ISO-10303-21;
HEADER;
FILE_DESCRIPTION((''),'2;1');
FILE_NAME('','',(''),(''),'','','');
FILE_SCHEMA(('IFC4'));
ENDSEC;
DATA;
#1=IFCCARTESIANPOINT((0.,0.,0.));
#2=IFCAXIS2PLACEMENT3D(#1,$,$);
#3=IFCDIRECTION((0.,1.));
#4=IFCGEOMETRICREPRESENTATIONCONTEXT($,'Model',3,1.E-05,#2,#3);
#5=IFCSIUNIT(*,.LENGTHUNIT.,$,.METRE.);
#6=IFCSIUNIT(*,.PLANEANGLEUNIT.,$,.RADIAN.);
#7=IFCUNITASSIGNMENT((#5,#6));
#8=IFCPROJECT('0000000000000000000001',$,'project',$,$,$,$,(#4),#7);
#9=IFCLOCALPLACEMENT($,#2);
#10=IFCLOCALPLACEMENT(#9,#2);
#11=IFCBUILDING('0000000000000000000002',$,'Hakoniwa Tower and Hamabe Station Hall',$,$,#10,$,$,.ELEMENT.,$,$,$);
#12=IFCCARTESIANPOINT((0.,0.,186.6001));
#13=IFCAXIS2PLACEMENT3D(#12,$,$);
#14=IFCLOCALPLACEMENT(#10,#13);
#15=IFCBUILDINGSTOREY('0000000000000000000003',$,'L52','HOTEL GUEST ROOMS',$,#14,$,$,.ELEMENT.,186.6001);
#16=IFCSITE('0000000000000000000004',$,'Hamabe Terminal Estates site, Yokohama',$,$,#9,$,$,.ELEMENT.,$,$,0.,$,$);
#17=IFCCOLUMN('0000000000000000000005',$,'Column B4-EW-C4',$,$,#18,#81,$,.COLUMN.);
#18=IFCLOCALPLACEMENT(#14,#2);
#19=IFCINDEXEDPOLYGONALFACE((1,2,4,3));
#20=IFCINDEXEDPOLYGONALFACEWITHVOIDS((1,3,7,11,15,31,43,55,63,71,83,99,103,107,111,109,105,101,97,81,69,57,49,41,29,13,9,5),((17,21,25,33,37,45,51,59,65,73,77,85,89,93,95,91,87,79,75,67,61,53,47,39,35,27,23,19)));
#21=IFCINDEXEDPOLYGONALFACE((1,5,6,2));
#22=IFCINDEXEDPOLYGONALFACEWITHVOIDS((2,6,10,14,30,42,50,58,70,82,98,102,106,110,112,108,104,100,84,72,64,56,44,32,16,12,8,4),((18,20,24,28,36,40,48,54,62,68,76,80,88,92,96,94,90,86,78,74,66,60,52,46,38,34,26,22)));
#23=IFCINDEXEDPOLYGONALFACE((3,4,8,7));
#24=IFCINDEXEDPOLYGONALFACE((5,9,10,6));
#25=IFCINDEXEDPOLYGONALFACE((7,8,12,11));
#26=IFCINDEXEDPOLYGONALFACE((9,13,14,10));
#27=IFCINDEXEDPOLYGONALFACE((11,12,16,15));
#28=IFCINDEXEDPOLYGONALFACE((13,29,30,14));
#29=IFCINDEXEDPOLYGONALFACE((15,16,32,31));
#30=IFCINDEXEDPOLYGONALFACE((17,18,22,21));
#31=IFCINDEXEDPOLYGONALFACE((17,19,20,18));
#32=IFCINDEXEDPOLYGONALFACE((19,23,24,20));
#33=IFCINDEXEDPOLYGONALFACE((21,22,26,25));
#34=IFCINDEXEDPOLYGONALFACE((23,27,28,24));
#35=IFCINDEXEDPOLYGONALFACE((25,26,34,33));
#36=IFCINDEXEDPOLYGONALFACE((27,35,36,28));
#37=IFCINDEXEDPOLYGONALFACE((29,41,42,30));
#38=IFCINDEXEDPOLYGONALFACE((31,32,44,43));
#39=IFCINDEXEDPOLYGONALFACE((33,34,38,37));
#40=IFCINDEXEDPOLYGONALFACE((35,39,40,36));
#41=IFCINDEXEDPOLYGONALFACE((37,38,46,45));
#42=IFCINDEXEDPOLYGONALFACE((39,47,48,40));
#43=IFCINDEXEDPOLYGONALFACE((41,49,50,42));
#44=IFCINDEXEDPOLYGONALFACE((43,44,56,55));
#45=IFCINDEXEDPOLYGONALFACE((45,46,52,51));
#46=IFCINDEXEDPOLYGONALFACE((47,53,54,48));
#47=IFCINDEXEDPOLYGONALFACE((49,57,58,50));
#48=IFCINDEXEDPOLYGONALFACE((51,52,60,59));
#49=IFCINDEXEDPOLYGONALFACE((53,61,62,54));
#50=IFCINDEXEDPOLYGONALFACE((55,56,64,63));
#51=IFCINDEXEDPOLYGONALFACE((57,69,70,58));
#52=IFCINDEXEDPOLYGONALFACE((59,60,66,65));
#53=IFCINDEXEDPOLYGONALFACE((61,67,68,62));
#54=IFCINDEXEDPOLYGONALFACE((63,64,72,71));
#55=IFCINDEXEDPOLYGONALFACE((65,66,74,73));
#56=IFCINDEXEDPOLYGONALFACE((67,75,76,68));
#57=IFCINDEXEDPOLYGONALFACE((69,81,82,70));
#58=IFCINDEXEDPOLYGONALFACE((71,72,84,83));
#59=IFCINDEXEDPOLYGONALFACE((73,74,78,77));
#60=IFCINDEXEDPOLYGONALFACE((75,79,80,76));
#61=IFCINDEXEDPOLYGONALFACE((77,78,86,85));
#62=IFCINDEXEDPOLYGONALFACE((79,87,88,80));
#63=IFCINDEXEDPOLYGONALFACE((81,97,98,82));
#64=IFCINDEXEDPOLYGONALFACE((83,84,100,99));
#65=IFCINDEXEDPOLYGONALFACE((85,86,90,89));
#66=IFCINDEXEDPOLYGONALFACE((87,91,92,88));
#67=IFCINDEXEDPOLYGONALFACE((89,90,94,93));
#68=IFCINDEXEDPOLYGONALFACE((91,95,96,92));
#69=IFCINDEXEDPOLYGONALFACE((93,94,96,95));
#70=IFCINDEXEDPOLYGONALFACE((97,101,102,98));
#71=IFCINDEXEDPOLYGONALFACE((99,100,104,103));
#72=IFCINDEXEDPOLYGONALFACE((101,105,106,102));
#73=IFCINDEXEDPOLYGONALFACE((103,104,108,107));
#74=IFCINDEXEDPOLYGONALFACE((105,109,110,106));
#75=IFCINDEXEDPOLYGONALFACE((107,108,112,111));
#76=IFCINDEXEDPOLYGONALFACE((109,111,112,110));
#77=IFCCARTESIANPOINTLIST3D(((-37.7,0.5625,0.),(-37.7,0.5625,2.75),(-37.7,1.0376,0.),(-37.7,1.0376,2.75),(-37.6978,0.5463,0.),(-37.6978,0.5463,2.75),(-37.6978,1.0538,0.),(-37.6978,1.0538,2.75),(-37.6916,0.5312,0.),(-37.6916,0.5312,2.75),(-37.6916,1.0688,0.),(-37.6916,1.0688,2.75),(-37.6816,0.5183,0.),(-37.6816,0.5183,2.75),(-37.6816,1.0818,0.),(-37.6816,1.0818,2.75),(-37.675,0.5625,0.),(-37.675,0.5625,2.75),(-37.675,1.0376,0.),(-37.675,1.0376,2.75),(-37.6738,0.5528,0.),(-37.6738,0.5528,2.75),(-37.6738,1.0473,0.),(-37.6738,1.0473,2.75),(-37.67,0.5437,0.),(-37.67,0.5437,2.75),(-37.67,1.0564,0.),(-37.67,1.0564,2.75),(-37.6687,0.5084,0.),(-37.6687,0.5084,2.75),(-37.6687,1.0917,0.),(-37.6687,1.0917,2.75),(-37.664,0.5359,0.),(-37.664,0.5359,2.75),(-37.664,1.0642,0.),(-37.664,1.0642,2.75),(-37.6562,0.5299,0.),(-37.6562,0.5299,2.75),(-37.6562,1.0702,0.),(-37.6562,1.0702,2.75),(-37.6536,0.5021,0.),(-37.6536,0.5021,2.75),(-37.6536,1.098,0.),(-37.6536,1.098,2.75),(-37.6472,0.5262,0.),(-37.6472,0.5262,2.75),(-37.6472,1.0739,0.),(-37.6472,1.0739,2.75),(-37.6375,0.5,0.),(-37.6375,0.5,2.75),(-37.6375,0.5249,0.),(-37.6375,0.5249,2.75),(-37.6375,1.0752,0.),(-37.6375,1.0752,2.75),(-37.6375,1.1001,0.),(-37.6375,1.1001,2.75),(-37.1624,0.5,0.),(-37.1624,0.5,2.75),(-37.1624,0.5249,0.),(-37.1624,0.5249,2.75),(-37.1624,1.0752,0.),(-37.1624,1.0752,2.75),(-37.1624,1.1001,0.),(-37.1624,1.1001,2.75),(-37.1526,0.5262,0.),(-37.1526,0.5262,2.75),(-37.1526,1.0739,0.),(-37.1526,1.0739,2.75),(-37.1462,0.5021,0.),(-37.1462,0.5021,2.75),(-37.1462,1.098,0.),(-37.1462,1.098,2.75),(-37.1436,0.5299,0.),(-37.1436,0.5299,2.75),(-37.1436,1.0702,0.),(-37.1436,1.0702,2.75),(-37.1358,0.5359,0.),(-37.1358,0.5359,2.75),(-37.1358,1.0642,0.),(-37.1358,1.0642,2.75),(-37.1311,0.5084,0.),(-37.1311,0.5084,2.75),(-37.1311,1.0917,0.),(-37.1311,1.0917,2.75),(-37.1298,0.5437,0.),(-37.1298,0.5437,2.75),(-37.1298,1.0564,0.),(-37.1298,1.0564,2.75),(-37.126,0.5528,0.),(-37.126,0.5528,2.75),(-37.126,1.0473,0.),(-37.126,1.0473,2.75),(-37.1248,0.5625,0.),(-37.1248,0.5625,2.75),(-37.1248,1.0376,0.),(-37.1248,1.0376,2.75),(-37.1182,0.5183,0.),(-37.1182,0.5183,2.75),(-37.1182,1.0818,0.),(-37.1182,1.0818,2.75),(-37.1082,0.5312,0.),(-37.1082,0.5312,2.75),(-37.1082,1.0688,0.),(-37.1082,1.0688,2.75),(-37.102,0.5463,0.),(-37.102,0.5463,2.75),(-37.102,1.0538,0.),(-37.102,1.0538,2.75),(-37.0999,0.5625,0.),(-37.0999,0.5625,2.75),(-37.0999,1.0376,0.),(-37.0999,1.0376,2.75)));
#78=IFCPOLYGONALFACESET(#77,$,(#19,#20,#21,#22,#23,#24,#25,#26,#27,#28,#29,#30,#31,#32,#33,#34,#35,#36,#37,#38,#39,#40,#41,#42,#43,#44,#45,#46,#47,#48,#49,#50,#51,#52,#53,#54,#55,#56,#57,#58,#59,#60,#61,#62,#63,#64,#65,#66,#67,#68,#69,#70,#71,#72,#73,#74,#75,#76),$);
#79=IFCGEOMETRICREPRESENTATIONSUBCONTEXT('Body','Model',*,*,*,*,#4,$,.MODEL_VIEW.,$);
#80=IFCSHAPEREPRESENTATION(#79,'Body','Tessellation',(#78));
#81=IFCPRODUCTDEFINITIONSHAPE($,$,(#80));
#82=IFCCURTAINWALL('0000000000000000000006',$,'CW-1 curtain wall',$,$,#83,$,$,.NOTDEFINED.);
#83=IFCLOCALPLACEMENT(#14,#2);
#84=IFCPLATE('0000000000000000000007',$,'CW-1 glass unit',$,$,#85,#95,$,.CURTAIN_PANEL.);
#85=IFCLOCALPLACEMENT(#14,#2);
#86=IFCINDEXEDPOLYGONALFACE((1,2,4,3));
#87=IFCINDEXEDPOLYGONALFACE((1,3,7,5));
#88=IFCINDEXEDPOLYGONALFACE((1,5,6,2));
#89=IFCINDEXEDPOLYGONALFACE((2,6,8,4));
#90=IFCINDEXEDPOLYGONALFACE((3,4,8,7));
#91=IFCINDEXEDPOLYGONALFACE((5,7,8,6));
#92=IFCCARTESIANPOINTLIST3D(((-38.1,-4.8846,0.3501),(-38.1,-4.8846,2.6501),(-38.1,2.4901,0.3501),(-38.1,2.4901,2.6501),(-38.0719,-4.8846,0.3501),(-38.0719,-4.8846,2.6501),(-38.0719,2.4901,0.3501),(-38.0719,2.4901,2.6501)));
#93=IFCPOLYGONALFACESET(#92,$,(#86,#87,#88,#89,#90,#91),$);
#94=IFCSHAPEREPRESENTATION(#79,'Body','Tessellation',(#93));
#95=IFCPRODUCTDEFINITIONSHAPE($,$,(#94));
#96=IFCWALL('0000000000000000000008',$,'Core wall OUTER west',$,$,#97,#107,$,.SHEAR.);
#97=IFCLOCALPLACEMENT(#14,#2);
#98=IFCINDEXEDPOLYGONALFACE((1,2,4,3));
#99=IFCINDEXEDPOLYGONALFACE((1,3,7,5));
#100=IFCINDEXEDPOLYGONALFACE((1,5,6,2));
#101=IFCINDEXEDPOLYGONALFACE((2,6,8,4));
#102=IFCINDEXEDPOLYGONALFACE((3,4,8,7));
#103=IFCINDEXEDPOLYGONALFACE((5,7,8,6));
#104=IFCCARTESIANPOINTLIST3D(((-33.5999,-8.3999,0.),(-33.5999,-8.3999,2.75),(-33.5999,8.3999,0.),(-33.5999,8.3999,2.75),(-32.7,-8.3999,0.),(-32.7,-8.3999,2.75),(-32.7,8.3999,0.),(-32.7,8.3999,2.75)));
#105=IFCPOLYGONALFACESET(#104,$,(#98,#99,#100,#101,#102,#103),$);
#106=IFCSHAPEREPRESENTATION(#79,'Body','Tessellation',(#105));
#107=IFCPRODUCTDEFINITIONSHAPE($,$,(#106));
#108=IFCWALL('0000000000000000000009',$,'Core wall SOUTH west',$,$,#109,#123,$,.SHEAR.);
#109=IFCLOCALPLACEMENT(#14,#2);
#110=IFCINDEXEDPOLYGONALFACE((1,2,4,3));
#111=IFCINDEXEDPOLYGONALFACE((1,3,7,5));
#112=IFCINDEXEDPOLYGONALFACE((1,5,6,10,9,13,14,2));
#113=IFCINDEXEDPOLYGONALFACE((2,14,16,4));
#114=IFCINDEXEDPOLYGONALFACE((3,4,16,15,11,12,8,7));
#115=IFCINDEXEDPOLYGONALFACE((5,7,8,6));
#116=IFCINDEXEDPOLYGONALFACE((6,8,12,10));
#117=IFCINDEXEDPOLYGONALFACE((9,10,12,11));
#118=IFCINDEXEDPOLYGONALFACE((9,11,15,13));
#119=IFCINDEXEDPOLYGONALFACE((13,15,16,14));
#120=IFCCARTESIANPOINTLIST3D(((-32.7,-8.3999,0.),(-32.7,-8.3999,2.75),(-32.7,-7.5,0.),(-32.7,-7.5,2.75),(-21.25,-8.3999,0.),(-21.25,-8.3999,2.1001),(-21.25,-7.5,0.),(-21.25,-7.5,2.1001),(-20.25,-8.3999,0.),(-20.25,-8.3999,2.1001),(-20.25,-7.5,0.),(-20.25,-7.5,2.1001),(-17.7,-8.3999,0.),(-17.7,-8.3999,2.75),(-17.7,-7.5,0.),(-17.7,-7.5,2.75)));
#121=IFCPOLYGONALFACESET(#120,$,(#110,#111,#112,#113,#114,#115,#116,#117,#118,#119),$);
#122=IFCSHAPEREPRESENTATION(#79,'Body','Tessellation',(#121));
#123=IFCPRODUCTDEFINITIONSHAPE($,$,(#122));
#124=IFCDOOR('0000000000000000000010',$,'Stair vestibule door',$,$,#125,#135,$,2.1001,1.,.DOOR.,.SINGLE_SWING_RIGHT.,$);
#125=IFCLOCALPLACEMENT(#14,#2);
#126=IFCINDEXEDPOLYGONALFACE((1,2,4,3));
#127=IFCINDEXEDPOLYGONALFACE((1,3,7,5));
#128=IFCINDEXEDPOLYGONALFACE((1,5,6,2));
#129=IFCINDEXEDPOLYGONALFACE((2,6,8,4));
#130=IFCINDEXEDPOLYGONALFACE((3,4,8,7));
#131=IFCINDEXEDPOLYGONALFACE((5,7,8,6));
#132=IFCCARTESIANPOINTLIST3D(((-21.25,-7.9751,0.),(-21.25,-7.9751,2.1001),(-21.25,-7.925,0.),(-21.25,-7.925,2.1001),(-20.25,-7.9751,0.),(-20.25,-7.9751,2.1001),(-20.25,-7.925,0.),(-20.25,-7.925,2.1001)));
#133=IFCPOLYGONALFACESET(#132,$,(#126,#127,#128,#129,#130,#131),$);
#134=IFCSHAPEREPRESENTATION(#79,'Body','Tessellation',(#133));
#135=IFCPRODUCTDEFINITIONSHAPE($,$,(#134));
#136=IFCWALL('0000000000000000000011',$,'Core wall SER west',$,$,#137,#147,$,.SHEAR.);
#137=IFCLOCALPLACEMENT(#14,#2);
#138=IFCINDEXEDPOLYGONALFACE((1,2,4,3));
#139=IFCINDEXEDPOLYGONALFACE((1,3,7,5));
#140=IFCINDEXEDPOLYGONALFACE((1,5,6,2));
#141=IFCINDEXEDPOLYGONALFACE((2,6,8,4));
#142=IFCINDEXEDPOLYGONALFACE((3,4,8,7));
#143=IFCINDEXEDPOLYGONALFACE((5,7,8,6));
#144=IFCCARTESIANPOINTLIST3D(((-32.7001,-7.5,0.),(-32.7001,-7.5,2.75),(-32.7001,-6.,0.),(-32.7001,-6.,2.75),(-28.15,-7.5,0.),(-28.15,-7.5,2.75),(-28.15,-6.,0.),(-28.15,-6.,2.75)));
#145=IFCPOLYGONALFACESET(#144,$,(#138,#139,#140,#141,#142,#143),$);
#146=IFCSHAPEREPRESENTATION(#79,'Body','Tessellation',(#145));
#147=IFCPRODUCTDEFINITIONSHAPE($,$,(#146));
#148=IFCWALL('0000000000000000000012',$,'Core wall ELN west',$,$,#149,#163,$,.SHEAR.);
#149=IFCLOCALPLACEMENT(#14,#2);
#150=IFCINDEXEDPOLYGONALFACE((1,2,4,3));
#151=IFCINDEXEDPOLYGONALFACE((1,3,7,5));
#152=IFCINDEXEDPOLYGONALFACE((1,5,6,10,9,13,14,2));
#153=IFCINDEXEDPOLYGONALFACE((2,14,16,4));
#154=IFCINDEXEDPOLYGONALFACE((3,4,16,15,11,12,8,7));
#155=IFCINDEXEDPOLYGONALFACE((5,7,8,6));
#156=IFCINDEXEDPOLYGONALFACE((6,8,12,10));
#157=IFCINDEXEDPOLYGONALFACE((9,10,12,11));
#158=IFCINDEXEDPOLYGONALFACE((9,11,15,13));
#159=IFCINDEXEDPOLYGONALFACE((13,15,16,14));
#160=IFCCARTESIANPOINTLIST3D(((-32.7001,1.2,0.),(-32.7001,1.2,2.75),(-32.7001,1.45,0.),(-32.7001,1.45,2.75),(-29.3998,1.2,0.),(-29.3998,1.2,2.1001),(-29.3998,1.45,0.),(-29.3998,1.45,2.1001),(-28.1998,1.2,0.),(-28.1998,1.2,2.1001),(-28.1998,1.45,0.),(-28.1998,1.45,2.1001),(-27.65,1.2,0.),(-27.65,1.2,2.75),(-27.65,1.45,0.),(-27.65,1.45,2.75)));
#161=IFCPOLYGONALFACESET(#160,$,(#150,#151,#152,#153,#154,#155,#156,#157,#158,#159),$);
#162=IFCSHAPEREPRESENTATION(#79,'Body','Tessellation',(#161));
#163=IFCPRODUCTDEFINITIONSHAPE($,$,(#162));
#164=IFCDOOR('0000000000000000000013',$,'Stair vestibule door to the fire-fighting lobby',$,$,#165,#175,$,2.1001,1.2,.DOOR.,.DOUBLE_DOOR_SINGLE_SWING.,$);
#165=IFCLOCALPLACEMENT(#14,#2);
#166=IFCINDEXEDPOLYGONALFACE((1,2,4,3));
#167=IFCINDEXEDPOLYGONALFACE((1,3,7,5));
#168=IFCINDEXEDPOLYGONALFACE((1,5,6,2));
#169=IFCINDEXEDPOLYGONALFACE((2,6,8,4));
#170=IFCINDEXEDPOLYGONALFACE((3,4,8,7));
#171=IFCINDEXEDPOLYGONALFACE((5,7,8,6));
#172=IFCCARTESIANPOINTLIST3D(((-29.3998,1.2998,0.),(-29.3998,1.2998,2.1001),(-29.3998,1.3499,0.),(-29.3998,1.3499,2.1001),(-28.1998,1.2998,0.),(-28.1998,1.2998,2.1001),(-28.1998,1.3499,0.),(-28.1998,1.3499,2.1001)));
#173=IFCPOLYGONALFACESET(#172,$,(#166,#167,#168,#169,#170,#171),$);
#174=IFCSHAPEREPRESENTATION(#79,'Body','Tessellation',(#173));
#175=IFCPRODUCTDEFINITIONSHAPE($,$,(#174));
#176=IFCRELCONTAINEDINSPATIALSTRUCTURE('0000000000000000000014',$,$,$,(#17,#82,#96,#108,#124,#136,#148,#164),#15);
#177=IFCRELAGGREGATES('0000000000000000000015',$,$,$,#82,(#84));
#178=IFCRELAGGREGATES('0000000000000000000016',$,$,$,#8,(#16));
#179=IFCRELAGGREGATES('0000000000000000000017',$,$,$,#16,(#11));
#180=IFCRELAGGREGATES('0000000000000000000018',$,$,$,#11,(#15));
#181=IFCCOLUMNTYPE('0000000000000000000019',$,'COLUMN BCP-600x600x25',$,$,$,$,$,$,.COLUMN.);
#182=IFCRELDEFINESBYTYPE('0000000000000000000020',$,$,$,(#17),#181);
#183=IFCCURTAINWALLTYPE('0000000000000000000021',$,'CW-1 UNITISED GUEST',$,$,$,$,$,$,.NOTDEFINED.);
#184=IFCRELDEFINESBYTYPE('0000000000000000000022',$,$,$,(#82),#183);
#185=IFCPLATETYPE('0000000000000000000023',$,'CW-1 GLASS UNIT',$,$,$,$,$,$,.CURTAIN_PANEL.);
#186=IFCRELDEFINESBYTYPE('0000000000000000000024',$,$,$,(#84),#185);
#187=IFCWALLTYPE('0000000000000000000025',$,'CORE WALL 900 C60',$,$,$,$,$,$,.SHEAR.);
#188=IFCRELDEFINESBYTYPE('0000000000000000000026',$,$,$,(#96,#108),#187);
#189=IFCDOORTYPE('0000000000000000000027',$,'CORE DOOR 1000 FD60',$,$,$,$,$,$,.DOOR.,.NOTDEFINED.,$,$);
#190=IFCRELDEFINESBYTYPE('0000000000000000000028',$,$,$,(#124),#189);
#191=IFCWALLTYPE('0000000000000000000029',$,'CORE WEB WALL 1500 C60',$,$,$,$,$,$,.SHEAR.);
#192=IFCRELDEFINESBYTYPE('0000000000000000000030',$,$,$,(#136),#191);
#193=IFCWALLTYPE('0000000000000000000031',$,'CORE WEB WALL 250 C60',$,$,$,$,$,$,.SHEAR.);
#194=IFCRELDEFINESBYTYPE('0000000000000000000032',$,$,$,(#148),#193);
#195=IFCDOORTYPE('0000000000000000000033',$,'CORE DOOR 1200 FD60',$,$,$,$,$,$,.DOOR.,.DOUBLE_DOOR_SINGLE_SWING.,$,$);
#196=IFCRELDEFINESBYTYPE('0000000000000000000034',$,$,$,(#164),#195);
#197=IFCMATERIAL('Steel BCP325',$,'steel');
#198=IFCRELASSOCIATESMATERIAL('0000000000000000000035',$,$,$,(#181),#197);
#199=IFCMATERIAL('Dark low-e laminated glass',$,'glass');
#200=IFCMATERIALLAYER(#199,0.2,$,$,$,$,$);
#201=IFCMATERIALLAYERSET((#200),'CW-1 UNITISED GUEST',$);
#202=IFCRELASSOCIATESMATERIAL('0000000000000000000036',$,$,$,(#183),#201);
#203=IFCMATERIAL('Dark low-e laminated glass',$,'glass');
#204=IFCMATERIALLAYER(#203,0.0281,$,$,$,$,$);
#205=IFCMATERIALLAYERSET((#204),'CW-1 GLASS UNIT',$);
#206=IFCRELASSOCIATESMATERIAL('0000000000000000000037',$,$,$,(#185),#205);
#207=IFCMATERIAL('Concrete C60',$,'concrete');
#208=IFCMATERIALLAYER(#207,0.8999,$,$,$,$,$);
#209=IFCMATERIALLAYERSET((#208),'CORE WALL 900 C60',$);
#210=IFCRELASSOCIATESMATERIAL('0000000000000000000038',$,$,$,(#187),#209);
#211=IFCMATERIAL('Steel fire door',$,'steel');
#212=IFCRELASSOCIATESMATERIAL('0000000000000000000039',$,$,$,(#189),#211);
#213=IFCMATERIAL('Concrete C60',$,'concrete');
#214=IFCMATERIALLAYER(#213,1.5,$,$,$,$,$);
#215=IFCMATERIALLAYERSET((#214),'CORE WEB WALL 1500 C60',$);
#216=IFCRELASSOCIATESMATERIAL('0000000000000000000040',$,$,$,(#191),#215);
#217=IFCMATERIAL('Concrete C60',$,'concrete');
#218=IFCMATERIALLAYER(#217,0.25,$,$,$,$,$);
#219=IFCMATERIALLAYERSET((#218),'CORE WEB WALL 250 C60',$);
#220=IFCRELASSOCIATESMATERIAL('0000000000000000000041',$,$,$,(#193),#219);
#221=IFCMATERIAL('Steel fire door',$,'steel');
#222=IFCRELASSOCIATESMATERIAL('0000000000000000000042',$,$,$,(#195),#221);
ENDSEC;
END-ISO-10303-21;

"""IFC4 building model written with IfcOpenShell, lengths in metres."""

from ifc_helpers import new_model, si_unit, direction, frame, frame_2d, origin, origin_2d, place, context, subcontext, project, spatial, rectangle, hollow_rectangle, extrude, material, layer, layer_set, material_profile, profile_set, type_object, element, fill, aggregate, save


model = new_model("IFC4")

# Units and contexts
model_context = context("Model", 3, precision=1e-05, world=origin(), true_north=direction((0.0, 1.0)))
body_context = subcontext(model_context, "Body", "Model", "MODEL_VIEW")
ifc_project = project(units=[si_unit("LENGTHUNIT", "METRE"), si_unit("PLANEANGLEUNIT", "RADIAN")], contexts=[model_context])

# Site, building, storey
site_placement = place(None, origin())
site = spatial("IfcSite", under=ifc_project, at=site_placement, Name="Hamabe Terminal Estates site, Yokohama", CompositionType="ELEMENT", RefElevation=0.0)
building_placement = place(site_placement, origin())
building = spatial("IfcBuilding", under=site, at=building_placement, Name="Hakoniwa Tower and Hamabe Station Hall", CompositionType="ELEMENT")
storey_placement = place(building_placement, frame((0.0, 0.0, 186.6001)))
storey = spatial("IfcBuildingStorey", under=building, at=storey_placement, Name="L52", Description="HOTEL GUEST ROOMS", CompositionType="ELEMENT", Elevation=186.6001)

# Column
ifc_material_1 = material(Name="Steel BCP325", Category="steel")
ifc_material_profile = material_profile(ifc_material_1, hollow_rectangle(XDim=0.6001, YDim=0.6001, WallThickness=0.0249, InnerFilletRadius=0.0376, OuterFilletRadius=0.0625, at=origin_2d()), Name="BCP-600x600x25")
ifc_profile_set = profile_set([ifc_material_profile], Name="Steel BCP325")
column_type = type_object("IfcColumnType", Name="COLUMN BCP-600x600x25", PredefinedType="COLUMN", material=ifc_profile_set)
column_placement = place(storey_placement, frame((-37.3999, 0.8, 0.0), z_axis=(0.0, 0.0, 1.0), x_axis=(1.0, 0.0, 0.0)))
element("IfcColumn", 1, at=column_placement, inside=storey, type_object=column_type, Name="Column B4-EW-C4", PredefinedType="COLUMN", context=body_context, shape_type="SweptSolid", body=[
    extrude(hollow_rectangle(XDim=0.6001, YDim=0.6001, WallThickness=0.0249, InnerFilletRadius=0.0376, OuterFilletRadius=0.0625, at=origin_2d()), origin(), (0.0, 0.0, 1.0), 2.75),
])

# Curtain wall, plate
ifc_material_2 = material(Name="Dark low-e laminated glass", Category="glass")
ifc_layer_1 = layer(ifc_material_2, 0.2)
ifc_layer_set_1 = layer_set([ifc_layer_1], Name="CW-1 UNITISED GUEST")
curtain_wall_type = type_object("IfcCurtainWallType", Name="CW-1 UNITISED GUEST", PredefinedType="NOTDEFINED", material=ifc_layer_set_1)
curtain_wall_placement = place(storey_placement, origin())
curtain_wall = element("IfcCurtainWall", 2, at=curtain_wall_placement, inside=storey, type_object=curtain_wall_type, Name="CW-1 curtain wall", PredefinedType="NOTDEFINED")
ifc_material_3 = material(Name="Dark low-e laminated glass", Category="glass")
ifc_layer_2 = layer(ifc_material_3, 0.0281)
ifc_layer_set_2 = layer_set([ifc_layer_2], Name="CW-1 GLASS UNIT")
plate_type = type_object("IfcPlateType", Name="CW-1 GLASS UNIT", PredefinedType="CURTAIN_PANEL", material=ifc_layer_set_2)
plate_placement = place(storey_placement, frame((-38.0859, -1.1973, 0.3501), z_axis=(0.0, 0.0, 1.0), x_axis=(0.0, -1.0, 0.0)))
plate = element("IfcPlate", 3, at=plate_placement, type_object=plate_type, Name="CW-1 glass unit", PredefinedType="CURTAIN_PANEL", context=body_context, shape_type="SweptSolid", body=[
    extrude(rectangle(XDim=7.3748, YDim=0.0281, at=origin_2d()), origin(), (0.0, 0.0, 1.0), 2.3),
])
aggregate(curtain_wall, [plate])

# Wall
ifc_material_4 = material(Name="Concrete C60", Category="concrete")
ifc_layer_3 = layer(ifc_material_4, 0.8999)
ifc_layer_set_3 = layer_set([ifc_layer_3], Name="CORE WALL 900 C60")
wall_type_1 = type_object("IfcWallType", Name="CORE WALL 900 C60", PredefinedType="SHEAR", material=ifc_layer_set_3)
wall_1_placement = place(storey_placement, frame((-33.1499, -8.3999, 0.0), z_axis=(0.0, 0.0, 1.0), x_axis=(0.0, 1.0, 0.0)))
element("IfcWall", 4, at=wall_1_placement, inside=storey, type_object=wall_type_1, Name="Core wall OUTER west", PredefinedType="SHEAR", context=body_context, shape_type="SweptSolid", body=[
    extrude(rectangle(XDim=16.7998, YDim=0.8999, at=frame_2d((8.3999, 0.0))), origin(), (0.0, 0.0, 1.0), 2.75),
])

# Wall, opening, door
wall_2_placement = place(storey_placement, frame((-32.7, -7.95, 0.0), z_axis=(0.0, 0.0, 1.0), x_axis=(1.0, 0.0, 0.0)))
wall_2 = element("IfcWall", 5, at=wall_2_placement, inside=storey, type_object=wall_type_1, Name="Core wall SOUTH west", PredefinedType="SHEAR", context=body_context, shape_type="SweptSolid", body=[
    extrude(rectangle(XDim=15.0, YDim=0.8999, at=frame_2d((7.5, 0.0))), origin(), (0.0, 0.0, 1.0), 2.75),
])
opening_1_placement = place(wall_2_placement, frame((11.45, 0.0, 0.0)))
opening_1 = element("IfcOpeningElement", 6, at=opening_1_placement, cuts=wall_2, PredefinedType="OPENING", context=body_context, shape_type="SweptSolid", body=[
    extrude(rectangle(XDim=1.0, YDim=2.1001, at=frame_2d((0.5, 1.05))), frame((0.0, 0.46, 0.0), z_axis=(0.0, -1.0, 0.0), x_axis=(1.0, 0.0, 0.0)), (0.0, 0.0, 1.0), 0.9199),
])
ifc_material_5 = material(Name="Steel fire door", Category="steel")
door_type_1 = type_object("IfcDoorType", Name="CORE DOOR 1000 FD60", OperationType="NOTDEFINED", PredefinedType="DOOR", material=ifc_material_5)
door_1_placement = place(opening_1_placement, origin())
door_1 = element("IfcDoor", 7, at=door_1_placement, inside=storey, type_object=door_type_1, Name="Stair vestibule door", OperationType="SINGLE_SWING_RIGHT", OverallHeight=2.1001, OverallWidth=1.0, PredefinedType="DOOR", context=body_context, shape_type="SweptSolid", body=[
    extrude(rectangle(XDim=1.0, YDim=2.1001, at=frame_2d((0.5, 1.05))), frame((0.0, 0.0249, 0.0), z_axis=(0.0, -1.0, 0.0), x_axis=(1.0, 0.0, 0.0)), (0.0, 0.0, 1.0), 0.05),
])
fill(opening_1, door_1)

# Wall
ifc_material_6 = material(Name="Concrete C60", Category="concrete")
ifc_layer_4 = layer(ifc_material_6, 1.5)
ifc_layer_set_4 = layer_set([ifc_layer_4], Name="CORE WEB WALL 1500 C60")
wall_type_2 = type_object("IfcWallType", Name="CORE WEB WALL 1500 C60", PredefinedType="SHEAR", material=ifc_layer_set_4)
wall_3_placement = place(storey_placement, frame((-32.7, -6.75, 0.0), z_axis=(0.0, 0.0, 1.0), x_axis=(1.0, 0.0, 0.0)))
element("IfcWall", 8, at=wall_3_placement, inside=storey, type_object=wall_type_2, Name="Core wall SER west", PredefinedType="SHEAR", context=body_context, shape_type="SweptSolid", body=[
    extrude(rectangle(XDim=4.55, YDim=1.5, at=frame_2d((2.2749, 0.0))), origin(), (0.0, 0.0, 1.0), 2.75),
])

# Wall, opening, door
ifc_material_7 = material(Name="Concrete C60", Category="concrete")
ifc_layer_5 = layer(ifc_material_7, 0.25)
ifc_layer_set_5 = layer_set([ifc_layer_5], Name="CORE WEB WALL 250 C60")
wall_type_3 = type_object("IfcWallType", Name="CORE WEB WALL 250 C60", PredefinedType="SHEAR", material=ifc_layer_set_5)
wall_4_placement = place(storey_placement, frame((-32.7, 1.325, 0.0), z_axis=(0.0, 0.0, 1.0), x_axis=(1.0, 0.0, 0.0)))
wall_4 = element("IfcWall", 9, at=wall_4_placement, inside=storey, type_object=wall_type_3, Name="Core wall ELN west", PredefinedType="SHEAR", context=body_context, shape_type="SweptSolid", body=[
    extrude(rectangle(XDim=5.05, YDim=0.25, at=frame_2d((2.5249, 0.0))), origin(), (0.0, 0.0, 1.0), 2.75),
])
opening_2_placement = place(wall_4_placement, frame((3.3, 0.0, 0.0)))
opening_2 = element("IfcOpeningElement", 10, at=opening_2_placement, cuts=wall_4, PredefinedType="OPENING", context=body_context, shape_type="SweptSolid", body=[
    extrude(rectangle(XDim=1.2, YDim=2.1001, at=frame_2d((0.6001, 1.05))), frame((0.0, 0.135, 0.0), z_axis=(0.0, -1.0, 0.0), x_axis=(1.0, 0.0, 0.0)), (0.0, 0.0, 1.0), 0.27),
])
ifc_material_8 = material(Name="Steel fire door", Category="steel")
door_type_2 = type_object("IfcDoorType", Name="CORE DOOR 1200 FD60", OperationType="DOUBLE_DOOR_SINGLE_SWING", PredefinedType="DOOR", material=ifc_material_8)
door_2_placement = place(opening_2_placement, origin())
door_2 = element("IfcDoor", 11, at=door_2_placement, inside=storey, type_object=door_type_2, Name="Stair vestibule door to the fire-fighting lobby", OperationType="DOUBLE_DOOR_SINGLE_SWING", OverallHeight=2.1001, OverallWidth=1.2, PredefinedType="DOOR", context=body_context, shape_type="SweptSolid", body=[
    extrude(rectangle(XDim=1.2, YDim=2.1001, at=frame_2d((0.6001, 1.05))), frame((0.0, 0.0249, 0.0), z_axis=(0.0, -1.0, 0.0), x_axis=(1.0, 0.0, 0.0)), (0.0, 0.0, 1.0), 0.05),
])
fill(opening_2, door_2)

save(model, "model.ifc")
